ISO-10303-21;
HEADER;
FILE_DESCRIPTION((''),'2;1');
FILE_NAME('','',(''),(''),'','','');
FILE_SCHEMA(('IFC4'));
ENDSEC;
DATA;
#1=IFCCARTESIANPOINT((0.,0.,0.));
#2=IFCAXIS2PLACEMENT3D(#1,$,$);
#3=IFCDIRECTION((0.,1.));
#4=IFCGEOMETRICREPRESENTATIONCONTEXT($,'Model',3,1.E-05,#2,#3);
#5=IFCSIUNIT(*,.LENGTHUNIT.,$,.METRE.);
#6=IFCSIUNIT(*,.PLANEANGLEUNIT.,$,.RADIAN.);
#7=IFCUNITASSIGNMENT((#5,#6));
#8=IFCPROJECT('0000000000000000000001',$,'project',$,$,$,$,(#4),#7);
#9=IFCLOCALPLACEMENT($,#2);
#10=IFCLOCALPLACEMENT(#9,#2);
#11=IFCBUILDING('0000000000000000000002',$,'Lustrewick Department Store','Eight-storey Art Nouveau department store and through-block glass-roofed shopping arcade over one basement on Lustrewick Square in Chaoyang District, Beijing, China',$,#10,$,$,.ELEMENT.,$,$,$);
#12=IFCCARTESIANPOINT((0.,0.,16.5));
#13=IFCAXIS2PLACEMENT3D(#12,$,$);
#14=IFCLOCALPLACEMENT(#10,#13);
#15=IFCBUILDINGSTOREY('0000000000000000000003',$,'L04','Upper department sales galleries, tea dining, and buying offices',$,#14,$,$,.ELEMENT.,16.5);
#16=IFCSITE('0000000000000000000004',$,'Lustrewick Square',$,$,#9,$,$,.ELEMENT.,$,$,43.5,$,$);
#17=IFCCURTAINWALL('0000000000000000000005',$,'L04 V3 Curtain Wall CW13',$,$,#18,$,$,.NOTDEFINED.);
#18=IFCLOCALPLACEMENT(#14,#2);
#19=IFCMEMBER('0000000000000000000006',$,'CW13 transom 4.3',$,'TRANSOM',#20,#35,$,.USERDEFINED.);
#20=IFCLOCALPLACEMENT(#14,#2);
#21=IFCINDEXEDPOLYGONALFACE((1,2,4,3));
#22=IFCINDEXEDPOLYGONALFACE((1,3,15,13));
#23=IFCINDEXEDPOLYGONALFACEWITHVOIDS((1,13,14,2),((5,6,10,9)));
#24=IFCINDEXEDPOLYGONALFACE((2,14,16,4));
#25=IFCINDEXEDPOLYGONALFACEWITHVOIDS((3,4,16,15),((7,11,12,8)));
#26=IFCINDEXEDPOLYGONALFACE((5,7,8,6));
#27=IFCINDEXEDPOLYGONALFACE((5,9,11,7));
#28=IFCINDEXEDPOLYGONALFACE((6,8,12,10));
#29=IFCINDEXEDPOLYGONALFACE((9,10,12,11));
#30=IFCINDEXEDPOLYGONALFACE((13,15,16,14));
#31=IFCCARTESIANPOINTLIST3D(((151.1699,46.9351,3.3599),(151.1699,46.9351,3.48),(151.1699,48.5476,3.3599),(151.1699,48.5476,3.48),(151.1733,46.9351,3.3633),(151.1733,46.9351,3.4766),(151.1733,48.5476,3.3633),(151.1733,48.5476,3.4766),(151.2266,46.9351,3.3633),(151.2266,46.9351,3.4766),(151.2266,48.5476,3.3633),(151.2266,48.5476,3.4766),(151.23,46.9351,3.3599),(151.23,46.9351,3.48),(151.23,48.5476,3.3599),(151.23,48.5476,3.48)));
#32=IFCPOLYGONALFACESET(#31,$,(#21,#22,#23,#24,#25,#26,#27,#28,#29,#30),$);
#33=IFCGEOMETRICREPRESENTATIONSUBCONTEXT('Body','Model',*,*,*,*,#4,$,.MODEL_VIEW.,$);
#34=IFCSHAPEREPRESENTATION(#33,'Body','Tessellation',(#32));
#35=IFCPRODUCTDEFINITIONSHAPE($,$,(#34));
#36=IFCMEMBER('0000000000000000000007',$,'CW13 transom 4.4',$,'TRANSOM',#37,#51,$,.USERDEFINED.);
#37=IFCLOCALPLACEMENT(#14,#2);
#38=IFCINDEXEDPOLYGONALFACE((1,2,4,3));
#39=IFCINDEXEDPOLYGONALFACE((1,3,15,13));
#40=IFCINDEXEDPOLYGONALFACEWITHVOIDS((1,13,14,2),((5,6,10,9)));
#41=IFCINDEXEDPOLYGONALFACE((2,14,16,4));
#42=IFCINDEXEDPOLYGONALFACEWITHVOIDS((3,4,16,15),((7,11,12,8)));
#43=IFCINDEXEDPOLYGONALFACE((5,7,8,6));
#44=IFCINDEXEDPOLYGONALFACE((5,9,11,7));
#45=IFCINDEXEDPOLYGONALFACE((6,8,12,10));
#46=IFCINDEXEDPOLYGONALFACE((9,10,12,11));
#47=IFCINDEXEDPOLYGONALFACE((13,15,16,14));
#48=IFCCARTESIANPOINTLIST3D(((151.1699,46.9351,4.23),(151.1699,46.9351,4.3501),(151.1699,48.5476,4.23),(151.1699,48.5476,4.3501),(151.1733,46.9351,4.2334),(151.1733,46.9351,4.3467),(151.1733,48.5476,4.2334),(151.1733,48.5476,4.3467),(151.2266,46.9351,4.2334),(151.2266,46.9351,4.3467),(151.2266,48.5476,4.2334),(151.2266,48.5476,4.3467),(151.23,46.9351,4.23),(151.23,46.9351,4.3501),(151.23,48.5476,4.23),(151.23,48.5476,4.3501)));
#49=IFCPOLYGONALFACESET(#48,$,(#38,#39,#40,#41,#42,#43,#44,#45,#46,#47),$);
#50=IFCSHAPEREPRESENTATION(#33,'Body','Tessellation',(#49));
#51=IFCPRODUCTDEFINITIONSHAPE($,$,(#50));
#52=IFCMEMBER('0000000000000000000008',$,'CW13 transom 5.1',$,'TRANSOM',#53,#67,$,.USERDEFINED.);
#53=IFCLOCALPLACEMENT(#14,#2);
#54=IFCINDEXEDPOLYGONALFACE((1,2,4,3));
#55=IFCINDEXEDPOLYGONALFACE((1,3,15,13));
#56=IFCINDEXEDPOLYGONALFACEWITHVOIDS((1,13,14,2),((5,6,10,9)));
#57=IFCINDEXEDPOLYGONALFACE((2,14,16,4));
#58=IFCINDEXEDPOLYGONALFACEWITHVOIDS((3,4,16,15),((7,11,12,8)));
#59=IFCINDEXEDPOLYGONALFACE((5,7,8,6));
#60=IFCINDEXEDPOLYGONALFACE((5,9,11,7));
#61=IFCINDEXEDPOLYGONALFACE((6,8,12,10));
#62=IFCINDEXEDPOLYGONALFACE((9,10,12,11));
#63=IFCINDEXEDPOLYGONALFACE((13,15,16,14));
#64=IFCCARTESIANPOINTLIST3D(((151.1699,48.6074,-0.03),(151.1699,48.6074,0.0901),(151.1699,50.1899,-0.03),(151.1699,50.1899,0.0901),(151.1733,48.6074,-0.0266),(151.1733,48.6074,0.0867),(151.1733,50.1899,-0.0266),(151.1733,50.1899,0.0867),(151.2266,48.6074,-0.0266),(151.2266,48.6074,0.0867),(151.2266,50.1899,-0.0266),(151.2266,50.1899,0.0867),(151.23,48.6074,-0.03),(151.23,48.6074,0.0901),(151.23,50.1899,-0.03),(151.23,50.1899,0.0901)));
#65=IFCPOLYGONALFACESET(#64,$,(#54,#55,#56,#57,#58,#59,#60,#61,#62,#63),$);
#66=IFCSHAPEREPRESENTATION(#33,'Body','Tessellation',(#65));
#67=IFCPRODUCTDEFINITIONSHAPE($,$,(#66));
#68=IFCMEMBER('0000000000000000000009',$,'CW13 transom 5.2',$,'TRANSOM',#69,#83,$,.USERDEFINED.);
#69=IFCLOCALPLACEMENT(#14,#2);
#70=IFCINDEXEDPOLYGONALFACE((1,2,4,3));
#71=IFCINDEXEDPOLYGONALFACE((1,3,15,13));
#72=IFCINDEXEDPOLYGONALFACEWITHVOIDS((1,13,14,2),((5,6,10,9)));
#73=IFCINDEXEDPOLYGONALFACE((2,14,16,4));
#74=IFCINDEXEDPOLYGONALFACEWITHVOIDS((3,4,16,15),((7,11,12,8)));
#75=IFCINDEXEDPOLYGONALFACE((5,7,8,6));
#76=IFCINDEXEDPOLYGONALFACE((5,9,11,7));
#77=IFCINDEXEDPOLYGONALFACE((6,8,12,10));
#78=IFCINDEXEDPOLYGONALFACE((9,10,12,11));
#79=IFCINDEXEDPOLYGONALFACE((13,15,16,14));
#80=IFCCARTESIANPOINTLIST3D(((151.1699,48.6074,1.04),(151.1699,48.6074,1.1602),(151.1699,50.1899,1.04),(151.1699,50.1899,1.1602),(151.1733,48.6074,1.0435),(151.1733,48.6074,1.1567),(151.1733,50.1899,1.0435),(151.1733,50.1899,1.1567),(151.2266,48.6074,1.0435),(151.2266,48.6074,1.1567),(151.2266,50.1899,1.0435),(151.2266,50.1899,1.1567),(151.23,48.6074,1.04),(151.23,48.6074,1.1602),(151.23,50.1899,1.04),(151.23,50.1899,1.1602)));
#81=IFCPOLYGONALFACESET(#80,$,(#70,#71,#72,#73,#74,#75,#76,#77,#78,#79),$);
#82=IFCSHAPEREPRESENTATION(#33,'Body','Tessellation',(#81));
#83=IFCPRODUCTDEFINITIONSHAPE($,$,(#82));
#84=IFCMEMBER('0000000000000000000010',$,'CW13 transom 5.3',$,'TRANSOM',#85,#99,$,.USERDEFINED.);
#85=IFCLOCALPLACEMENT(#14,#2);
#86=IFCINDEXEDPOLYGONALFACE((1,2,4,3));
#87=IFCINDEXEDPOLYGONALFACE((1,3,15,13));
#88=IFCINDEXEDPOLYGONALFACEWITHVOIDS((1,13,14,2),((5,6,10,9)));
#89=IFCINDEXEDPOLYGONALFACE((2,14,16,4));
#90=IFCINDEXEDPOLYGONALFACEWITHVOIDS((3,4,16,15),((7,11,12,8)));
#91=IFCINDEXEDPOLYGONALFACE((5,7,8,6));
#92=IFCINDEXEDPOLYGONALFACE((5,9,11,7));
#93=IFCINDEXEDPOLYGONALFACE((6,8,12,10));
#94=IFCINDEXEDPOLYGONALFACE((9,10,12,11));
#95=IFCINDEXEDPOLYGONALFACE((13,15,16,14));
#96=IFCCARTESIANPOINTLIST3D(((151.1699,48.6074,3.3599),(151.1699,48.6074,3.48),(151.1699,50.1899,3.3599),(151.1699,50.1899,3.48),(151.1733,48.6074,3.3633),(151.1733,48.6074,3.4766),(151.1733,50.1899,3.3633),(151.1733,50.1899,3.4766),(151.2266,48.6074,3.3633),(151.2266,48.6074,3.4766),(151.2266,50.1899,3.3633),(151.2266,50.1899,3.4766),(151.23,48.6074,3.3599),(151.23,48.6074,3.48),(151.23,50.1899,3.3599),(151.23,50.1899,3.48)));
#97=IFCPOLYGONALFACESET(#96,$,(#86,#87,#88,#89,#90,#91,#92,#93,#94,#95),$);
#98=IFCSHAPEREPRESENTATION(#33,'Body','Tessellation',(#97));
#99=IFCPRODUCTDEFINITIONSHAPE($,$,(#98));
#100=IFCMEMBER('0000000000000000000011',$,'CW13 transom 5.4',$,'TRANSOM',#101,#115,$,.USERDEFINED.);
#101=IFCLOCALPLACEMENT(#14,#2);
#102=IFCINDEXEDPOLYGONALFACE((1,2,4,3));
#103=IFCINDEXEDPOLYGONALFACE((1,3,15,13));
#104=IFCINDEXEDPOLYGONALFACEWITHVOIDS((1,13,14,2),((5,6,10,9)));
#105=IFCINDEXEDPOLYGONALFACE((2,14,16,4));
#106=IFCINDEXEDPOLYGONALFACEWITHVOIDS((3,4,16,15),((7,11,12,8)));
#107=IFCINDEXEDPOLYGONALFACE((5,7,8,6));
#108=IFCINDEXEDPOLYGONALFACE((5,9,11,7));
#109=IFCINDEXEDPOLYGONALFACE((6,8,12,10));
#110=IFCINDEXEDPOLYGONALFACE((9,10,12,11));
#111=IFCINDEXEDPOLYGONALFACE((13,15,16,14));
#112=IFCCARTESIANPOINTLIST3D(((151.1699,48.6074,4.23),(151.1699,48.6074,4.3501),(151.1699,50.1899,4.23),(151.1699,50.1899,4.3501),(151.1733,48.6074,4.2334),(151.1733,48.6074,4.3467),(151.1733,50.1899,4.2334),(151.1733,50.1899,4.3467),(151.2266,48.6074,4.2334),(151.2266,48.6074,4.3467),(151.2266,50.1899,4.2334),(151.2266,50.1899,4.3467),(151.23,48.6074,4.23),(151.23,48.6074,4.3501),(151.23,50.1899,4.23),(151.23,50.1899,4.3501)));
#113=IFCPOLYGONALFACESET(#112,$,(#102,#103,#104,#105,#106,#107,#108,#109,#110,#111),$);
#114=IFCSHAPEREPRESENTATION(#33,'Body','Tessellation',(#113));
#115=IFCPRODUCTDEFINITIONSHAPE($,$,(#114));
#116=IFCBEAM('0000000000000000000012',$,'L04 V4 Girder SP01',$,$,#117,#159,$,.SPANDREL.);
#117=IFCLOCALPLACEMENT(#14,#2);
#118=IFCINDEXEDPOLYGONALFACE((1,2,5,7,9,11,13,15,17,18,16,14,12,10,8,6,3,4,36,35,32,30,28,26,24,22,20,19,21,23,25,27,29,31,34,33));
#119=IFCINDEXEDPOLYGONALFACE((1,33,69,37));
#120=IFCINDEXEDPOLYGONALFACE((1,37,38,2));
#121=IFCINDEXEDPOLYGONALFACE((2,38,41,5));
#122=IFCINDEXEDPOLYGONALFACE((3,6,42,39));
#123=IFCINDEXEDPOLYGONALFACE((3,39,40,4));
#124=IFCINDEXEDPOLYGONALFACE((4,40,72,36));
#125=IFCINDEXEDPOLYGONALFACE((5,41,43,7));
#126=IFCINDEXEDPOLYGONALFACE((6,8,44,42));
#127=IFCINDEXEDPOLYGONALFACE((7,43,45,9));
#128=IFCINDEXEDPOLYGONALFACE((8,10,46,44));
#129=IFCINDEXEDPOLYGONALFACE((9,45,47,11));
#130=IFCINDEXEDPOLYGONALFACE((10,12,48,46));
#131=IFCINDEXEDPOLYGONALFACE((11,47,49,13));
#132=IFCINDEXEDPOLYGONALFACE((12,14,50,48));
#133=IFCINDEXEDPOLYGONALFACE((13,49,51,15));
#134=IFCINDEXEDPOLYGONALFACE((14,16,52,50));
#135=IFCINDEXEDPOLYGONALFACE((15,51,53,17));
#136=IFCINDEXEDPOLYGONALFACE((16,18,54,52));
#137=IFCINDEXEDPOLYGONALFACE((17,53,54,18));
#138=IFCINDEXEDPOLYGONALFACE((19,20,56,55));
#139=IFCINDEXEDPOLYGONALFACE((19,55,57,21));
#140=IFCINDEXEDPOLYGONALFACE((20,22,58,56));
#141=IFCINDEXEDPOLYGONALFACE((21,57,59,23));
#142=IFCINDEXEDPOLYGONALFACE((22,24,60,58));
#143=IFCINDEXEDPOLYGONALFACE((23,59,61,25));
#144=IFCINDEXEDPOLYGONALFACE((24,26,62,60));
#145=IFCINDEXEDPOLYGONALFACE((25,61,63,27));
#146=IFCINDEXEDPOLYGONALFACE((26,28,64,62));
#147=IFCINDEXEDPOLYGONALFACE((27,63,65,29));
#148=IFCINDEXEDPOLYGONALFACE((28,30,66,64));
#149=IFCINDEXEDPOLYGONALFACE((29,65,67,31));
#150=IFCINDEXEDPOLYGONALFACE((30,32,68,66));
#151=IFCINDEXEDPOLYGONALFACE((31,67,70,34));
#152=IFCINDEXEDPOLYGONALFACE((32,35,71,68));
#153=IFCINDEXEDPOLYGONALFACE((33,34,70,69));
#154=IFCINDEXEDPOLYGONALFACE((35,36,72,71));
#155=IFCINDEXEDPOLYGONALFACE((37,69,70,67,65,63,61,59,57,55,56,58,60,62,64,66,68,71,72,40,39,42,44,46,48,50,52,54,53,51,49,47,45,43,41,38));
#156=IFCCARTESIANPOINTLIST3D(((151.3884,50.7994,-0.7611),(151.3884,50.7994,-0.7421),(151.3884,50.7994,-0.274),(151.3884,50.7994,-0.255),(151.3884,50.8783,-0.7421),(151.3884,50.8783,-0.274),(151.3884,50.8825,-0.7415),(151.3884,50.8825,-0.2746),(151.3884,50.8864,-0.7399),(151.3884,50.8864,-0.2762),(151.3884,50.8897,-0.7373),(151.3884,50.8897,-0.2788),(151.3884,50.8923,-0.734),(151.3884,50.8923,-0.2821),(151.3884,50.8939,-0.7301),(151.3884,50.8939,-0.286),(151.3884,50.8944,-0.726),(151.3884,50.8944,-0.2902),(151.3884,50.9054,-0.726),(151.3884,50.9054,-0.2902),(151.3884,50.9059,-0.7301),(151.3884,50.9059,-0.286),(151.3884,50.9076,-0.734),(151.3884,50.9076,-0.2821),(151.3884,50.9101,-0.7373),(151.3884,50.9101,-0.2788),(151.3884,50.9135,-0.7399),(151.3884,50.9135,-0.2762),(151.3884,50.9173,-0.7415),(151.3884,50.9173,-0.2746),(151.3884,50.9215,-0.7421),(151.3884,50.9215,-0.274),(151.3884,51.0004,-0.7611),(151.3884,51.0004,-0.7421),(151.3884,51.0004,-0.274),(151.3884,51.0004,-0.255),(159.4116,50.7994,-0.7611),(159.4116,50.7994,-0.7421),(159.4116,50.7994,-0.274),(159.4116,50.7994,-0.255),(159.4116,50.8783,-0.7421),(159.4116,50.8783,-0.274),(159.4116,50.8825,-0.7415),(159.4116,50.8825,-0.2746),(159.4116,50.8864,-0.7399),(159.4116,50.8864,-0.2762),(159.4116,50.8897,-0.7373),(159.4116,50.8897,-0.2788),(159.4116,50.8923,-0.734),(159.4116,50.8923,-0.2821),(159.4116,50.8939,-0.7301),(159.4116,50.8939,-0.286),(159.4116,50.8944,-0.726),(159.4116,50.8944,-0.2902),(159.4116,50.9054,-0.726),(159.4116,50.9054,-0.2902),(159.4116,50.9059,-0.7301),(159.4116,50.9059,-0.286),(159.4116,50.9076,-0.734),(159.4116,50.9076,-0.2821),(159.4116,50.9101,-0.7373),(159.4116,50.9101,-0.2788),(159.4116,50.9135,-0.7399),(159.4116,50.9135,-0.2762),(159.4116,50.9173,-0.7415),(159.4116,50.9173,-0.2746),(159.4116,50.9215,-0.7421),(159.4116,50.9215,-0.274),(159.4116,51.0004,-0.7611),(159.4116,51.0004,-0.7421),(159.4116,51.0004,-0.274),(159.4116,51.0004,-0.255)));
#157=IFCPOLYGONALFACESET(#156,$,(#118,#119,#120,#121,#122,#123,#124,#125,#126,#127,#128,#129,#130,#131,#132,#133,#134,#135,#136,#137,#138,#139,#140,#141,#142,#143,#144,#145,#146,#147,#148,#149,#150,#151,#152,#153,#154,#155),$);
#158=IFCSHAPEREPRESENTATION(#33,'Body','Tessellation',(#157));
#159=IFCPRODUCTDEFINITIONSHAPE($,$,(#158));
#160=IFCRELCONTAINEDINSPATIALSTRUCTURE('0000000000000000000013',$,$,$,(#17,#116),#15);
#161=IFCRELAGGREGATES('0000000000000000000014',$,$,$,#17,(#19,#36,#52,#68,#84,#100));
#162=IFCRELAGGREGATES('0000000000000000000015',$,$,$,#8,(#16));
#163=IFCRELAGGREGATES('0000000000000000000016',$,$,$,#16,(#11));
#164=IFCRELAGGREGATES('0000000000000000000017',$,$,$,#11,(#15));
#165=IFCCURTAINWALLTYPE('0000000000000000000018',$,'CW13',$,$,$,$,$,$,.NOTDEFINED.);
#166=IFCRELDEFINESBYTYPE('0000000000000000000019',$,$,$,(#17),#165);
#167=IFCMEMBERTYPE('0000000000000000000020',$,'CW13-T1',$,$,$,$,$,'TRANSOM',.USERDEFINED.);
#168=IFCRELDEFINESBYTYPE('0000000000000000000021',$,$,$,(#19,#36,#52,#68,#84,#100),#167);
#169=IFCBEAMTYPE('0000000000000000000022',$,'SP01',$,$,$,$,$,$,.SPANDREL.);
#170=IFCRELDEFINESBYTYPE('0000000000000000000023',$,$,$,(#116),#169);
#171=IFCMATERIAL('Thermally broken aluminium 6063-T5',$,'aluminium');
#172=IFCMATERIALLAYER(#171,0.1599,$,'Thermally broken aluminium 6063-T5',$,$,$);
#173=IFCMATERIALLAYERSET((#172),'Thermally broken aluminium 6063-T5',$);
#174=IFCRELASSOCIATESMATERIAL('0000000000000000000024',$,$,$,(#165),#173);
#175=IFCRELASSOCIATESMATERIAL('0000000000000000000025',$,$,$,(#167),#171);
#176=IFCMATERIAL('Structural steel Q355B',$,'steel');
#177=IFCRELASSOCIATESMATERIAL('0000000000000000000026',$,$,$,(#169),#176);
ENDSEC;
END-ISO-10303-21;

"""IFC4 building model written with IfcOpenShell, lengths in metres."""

from ifc_helpers import new_model, si_unit, direction, frame, origin, origin_2d, place, context, subcontext, project, spatial, hollow_rectangle, i_section, extrude, material, layer, layer_set, material_profile, profile_set, type_object, element, aggregate, save


model = new_model("IFC4")

# Units and contexts
model_context = context("Model", 3, precision=1e-05, world=origin(), true_north=direction((0.0, 1.0)))
body_context = subcontext(model_context, "Body", "Model", "MODEL_VIEW")
ifc_project = project(units=[si_unit("LENGTHUNIT", "METRE"), si_unit("PLANEANGLEUNIT", "RADIAN")], contexts=[model_context])

# Site, building, storey
site_placement = place(None, origin())
site = spatial("IfcSite", under=ifc_project, at=site_placement, Name="Lustrewick Square", CompositionType="ELEMENT", RefElevation=43.5)
building_placement = place(site_placement, origin())
building = spatial("IfcBuilding", under=site, at=building_placement, Name="Lustrewick Department Store", Description="Eight-storey Art Nouveau department store and through-block glass-roofed shopping arcade over one basement on Lustrewick Square in Chaoyang District, Beijing, China", CompositionType="ELEMENT")
storey_placement = place(building_placement, frame((0.0, 0.0, 16.5)))
storey = spatial("IfcBuildingStorey", under=building, at=storey_placement, Name="L04", Description="Upper department sales galleries, tea dining, and buying offices", CompositionType="ELEMENT", Elevation=16.5)

# Shared definitions
ifc_material_1 = material(Name="Structural steel Q355B", Category="steel")

# Curtain wall, members
ifc_material_2 = material(Name="Thermally broken aluminium 6063-T5", Category="aluminium")
ifc_layer_1 = layer(ifc_material_2, 0.1599, Name="Thermally broken aluminium 6063-T5")
ifc_layer_set_1 = layer_set([ifc_layer_1], Name="Thermally broken aluminium 6063-T5")
curtain_wall_type = type_object("IfcCurtainWallType", Name="CW13", PredefinedType="NOTDEFINED", material=ifc_layer_set_1)
curtain_wall_placement = place(storey_placement, origin())
curtain_wall = element("IfcCurtainWall", 1, at=curtain_wall_placement, inside=storey, type_object=curtain_wall_type, Name="L04 V3 Curtain Wall CW13", PredefinedType="NOTDEFINED")
ifc_material_profile_1 = material_profile(ifc_material_2, hollow_rectangle(XDim=0.0601, YDim=0.1201, WallThickness=0.0034, at=origin_2d()), Name="ALU-T 60x120x3.5")
ifc_profile_set_1 = profile_set([ifc_material_profile_1], Name="Thermally broken aluminium 6063-T5")
member_type_1 = type_object("IfcMemberType", Name="CW13-T1", ElementType="TRANSOM", PredefinedType="USERDEFINED", material=ifc_profile_set_1)
member_1_placement = place(storey_placement, frame((151.2, 46.9351, 3.4199), z_axis=(0.0, 1.0, 0.0), x_axis=(-1.0, 0.0, 0.0)))
member_1 = element("IfcMember", 2, at=member_1_placement, type_object=member_type_1, Name="CW13 transom 4.3", ObjectType="TRANSOM", PredefinedType="USERDEFINED", context=body_context, shape_type="SweptSolid", body=[
    extrude(hollow_rectangle(XDim=0.0601, YDim=0.1201, WallThickness=0.0034, at=origin_2d()), origin(), (0.0, 0.0, 1.0), 1.6125),
])
member_2_placement = place(storey_placement, frame((151.2, 46.9351, 4.29), z_axis=(0.0, 1.0, 0.0), x_axis=(-1.0, 0.0, 0.0)))
member_2 = element("IfcMember", 3, at=member_2_placement, type_object=member_type_1, Name="CW13 transom 4.4", ObjectType="TRANSOM", PredefinedType="USERDEFINED", context=body_context, shape_type="SweptSolid", body=[
    extrude(hollow_rectangle(XDim=0.0601, YDim=0.1201, WallThickness=0.0034, at=origin_2d()), origin(), (0.0, 0.0, 1.0), 1.6125),
])
member_3_placement = place(storey_placement, frame((151.2, 48.6074, 0.03), z_axis=(0.0, 1.0, 0.0), x_axis=(-1.0, 0.0, 0.0)))
member_3 = element("IfcMember", 4, at=member_3_placement, type_object=member_type_1, Name="CW13 transom 5.1", ObjectType="TRANSOM", PredefinedType="USERDEFINED", context=body_context, shape_type="SweptSolid", body=[
    extrude(hollow_rectangle(XDim=0.0601, YDim=0.1201, WallThickness=0.0034, at=origin_2d()), origin(), (0.0, 0.0, 1.0), 1.5825),
])
member_4_placement = place(storey_placement, frame((151.2, 48.6074, 1.1001), z_axis=(0.0, 1.0, 0.0), x_axis=(-1.0, 0.0, 0.0)))
member_4 = element("IfcMember", 5, at=member_4_placement, type_object=member_type_1, Name="CW13 transom 5.2", ObjectType="TRANSOM", PredefinedType="USERDEFINED", context=body_context, shape_type="SweptSolid", body=[
    extrude(hollow_rectangle(XDim=0.0601, YDim=0.1201, WallThickness=0.0034, at=origin_2d()), origin(), (0.0, 0.0, 1.0), 1.5825),
])
member_5_placement = place(storey_placement, frame((151.2, 48.6074, 3.4199), z_axis=(0.0, 1.0, 0.0), x_axis=(-1.0, 0.0, 0.0)))
member_5 = element("IfcMember", 6, at=member_5_placement, type_object=member_type_1, Name="CW13 transom 5.3", ObjectType="TRANSOM", PredefinedType="USERDEFINED", context=body_context, shape_type="SweptSolid", body=[
    extrude(hollow_rectangle(XDim=0.0601, YDim=0.1201, WallThickness=0.0034, at=origin_2d()), origin(), (0.0, 0.0, 1.0), 1.5825),
])
member_6_placement = place(storey_placement, frame((151.2, 48.6074, 4.29), z_axis=(0.0, 1.0, 0.0), x_axis=(-1.0, 0.0, 0.0)))
member_6 = element("IfcMember", 7, at=member_6_placement, type_object=member_type_1, Name="CW13 transom 5.4", ObjectType="TRANSOM", PredefinedType="USERDEFINED", context=body_context, shape_type="SweptSolid", body=[
    extrude(hollow_rectangle(XDim=0.0601, YDim=0.1201, WallThickness=0.0034, at=origin_2d()), origin(), (0.0, 0.0, 1.0), 1.5825),
])

# Beam
ifc_material_profile_2 = material_profile(ifc_material_1, i_section(OverallWidth=0.2009, OverallDepth=0.5061, WebThickness=0.011, FlangeThickness=0.019, FilletRadius=0.0161, at=origin_2d()), Name="HN 506x201x11x19")
ifc_profile_set_2 = profile_set([ifc_material_profile_2], Name="Structural steel Q355B")
beam_type = type_object("IfcBeamType", Name="SP01", PredefinedType="SPANDREL", material=ifc_profile_set_2)
beam_1_placement = place(storey_placement, frame((151.3884, 50.8999, -0.5081), z_axis=(1.0, 0.0, 0.0), x_axis=(0.0, 1.0, 0.0)))
element("IfcBeam", 8, at=beam_1_placement, inside=storey, type_object=beam_type, Name="L04 V4 Girder SP01", PredefinedType="SPANDREL", context=body_context, shape_type="SweptSolid", body=[
    extrude(i_section(OverallWidth=0.2009, OverallDepth=0.5061, WebThickness=0.011, FlangeThickness=0.019, FilletRadius=0.0161, at=origin_2d()), origin(), (0.0, 0.0, 1.0), 8.0232),
])

aggregate(curtain_wall, [member_1, member_2, member_3, member_4, member_5, member_6])

save(model, "model.ifc")
